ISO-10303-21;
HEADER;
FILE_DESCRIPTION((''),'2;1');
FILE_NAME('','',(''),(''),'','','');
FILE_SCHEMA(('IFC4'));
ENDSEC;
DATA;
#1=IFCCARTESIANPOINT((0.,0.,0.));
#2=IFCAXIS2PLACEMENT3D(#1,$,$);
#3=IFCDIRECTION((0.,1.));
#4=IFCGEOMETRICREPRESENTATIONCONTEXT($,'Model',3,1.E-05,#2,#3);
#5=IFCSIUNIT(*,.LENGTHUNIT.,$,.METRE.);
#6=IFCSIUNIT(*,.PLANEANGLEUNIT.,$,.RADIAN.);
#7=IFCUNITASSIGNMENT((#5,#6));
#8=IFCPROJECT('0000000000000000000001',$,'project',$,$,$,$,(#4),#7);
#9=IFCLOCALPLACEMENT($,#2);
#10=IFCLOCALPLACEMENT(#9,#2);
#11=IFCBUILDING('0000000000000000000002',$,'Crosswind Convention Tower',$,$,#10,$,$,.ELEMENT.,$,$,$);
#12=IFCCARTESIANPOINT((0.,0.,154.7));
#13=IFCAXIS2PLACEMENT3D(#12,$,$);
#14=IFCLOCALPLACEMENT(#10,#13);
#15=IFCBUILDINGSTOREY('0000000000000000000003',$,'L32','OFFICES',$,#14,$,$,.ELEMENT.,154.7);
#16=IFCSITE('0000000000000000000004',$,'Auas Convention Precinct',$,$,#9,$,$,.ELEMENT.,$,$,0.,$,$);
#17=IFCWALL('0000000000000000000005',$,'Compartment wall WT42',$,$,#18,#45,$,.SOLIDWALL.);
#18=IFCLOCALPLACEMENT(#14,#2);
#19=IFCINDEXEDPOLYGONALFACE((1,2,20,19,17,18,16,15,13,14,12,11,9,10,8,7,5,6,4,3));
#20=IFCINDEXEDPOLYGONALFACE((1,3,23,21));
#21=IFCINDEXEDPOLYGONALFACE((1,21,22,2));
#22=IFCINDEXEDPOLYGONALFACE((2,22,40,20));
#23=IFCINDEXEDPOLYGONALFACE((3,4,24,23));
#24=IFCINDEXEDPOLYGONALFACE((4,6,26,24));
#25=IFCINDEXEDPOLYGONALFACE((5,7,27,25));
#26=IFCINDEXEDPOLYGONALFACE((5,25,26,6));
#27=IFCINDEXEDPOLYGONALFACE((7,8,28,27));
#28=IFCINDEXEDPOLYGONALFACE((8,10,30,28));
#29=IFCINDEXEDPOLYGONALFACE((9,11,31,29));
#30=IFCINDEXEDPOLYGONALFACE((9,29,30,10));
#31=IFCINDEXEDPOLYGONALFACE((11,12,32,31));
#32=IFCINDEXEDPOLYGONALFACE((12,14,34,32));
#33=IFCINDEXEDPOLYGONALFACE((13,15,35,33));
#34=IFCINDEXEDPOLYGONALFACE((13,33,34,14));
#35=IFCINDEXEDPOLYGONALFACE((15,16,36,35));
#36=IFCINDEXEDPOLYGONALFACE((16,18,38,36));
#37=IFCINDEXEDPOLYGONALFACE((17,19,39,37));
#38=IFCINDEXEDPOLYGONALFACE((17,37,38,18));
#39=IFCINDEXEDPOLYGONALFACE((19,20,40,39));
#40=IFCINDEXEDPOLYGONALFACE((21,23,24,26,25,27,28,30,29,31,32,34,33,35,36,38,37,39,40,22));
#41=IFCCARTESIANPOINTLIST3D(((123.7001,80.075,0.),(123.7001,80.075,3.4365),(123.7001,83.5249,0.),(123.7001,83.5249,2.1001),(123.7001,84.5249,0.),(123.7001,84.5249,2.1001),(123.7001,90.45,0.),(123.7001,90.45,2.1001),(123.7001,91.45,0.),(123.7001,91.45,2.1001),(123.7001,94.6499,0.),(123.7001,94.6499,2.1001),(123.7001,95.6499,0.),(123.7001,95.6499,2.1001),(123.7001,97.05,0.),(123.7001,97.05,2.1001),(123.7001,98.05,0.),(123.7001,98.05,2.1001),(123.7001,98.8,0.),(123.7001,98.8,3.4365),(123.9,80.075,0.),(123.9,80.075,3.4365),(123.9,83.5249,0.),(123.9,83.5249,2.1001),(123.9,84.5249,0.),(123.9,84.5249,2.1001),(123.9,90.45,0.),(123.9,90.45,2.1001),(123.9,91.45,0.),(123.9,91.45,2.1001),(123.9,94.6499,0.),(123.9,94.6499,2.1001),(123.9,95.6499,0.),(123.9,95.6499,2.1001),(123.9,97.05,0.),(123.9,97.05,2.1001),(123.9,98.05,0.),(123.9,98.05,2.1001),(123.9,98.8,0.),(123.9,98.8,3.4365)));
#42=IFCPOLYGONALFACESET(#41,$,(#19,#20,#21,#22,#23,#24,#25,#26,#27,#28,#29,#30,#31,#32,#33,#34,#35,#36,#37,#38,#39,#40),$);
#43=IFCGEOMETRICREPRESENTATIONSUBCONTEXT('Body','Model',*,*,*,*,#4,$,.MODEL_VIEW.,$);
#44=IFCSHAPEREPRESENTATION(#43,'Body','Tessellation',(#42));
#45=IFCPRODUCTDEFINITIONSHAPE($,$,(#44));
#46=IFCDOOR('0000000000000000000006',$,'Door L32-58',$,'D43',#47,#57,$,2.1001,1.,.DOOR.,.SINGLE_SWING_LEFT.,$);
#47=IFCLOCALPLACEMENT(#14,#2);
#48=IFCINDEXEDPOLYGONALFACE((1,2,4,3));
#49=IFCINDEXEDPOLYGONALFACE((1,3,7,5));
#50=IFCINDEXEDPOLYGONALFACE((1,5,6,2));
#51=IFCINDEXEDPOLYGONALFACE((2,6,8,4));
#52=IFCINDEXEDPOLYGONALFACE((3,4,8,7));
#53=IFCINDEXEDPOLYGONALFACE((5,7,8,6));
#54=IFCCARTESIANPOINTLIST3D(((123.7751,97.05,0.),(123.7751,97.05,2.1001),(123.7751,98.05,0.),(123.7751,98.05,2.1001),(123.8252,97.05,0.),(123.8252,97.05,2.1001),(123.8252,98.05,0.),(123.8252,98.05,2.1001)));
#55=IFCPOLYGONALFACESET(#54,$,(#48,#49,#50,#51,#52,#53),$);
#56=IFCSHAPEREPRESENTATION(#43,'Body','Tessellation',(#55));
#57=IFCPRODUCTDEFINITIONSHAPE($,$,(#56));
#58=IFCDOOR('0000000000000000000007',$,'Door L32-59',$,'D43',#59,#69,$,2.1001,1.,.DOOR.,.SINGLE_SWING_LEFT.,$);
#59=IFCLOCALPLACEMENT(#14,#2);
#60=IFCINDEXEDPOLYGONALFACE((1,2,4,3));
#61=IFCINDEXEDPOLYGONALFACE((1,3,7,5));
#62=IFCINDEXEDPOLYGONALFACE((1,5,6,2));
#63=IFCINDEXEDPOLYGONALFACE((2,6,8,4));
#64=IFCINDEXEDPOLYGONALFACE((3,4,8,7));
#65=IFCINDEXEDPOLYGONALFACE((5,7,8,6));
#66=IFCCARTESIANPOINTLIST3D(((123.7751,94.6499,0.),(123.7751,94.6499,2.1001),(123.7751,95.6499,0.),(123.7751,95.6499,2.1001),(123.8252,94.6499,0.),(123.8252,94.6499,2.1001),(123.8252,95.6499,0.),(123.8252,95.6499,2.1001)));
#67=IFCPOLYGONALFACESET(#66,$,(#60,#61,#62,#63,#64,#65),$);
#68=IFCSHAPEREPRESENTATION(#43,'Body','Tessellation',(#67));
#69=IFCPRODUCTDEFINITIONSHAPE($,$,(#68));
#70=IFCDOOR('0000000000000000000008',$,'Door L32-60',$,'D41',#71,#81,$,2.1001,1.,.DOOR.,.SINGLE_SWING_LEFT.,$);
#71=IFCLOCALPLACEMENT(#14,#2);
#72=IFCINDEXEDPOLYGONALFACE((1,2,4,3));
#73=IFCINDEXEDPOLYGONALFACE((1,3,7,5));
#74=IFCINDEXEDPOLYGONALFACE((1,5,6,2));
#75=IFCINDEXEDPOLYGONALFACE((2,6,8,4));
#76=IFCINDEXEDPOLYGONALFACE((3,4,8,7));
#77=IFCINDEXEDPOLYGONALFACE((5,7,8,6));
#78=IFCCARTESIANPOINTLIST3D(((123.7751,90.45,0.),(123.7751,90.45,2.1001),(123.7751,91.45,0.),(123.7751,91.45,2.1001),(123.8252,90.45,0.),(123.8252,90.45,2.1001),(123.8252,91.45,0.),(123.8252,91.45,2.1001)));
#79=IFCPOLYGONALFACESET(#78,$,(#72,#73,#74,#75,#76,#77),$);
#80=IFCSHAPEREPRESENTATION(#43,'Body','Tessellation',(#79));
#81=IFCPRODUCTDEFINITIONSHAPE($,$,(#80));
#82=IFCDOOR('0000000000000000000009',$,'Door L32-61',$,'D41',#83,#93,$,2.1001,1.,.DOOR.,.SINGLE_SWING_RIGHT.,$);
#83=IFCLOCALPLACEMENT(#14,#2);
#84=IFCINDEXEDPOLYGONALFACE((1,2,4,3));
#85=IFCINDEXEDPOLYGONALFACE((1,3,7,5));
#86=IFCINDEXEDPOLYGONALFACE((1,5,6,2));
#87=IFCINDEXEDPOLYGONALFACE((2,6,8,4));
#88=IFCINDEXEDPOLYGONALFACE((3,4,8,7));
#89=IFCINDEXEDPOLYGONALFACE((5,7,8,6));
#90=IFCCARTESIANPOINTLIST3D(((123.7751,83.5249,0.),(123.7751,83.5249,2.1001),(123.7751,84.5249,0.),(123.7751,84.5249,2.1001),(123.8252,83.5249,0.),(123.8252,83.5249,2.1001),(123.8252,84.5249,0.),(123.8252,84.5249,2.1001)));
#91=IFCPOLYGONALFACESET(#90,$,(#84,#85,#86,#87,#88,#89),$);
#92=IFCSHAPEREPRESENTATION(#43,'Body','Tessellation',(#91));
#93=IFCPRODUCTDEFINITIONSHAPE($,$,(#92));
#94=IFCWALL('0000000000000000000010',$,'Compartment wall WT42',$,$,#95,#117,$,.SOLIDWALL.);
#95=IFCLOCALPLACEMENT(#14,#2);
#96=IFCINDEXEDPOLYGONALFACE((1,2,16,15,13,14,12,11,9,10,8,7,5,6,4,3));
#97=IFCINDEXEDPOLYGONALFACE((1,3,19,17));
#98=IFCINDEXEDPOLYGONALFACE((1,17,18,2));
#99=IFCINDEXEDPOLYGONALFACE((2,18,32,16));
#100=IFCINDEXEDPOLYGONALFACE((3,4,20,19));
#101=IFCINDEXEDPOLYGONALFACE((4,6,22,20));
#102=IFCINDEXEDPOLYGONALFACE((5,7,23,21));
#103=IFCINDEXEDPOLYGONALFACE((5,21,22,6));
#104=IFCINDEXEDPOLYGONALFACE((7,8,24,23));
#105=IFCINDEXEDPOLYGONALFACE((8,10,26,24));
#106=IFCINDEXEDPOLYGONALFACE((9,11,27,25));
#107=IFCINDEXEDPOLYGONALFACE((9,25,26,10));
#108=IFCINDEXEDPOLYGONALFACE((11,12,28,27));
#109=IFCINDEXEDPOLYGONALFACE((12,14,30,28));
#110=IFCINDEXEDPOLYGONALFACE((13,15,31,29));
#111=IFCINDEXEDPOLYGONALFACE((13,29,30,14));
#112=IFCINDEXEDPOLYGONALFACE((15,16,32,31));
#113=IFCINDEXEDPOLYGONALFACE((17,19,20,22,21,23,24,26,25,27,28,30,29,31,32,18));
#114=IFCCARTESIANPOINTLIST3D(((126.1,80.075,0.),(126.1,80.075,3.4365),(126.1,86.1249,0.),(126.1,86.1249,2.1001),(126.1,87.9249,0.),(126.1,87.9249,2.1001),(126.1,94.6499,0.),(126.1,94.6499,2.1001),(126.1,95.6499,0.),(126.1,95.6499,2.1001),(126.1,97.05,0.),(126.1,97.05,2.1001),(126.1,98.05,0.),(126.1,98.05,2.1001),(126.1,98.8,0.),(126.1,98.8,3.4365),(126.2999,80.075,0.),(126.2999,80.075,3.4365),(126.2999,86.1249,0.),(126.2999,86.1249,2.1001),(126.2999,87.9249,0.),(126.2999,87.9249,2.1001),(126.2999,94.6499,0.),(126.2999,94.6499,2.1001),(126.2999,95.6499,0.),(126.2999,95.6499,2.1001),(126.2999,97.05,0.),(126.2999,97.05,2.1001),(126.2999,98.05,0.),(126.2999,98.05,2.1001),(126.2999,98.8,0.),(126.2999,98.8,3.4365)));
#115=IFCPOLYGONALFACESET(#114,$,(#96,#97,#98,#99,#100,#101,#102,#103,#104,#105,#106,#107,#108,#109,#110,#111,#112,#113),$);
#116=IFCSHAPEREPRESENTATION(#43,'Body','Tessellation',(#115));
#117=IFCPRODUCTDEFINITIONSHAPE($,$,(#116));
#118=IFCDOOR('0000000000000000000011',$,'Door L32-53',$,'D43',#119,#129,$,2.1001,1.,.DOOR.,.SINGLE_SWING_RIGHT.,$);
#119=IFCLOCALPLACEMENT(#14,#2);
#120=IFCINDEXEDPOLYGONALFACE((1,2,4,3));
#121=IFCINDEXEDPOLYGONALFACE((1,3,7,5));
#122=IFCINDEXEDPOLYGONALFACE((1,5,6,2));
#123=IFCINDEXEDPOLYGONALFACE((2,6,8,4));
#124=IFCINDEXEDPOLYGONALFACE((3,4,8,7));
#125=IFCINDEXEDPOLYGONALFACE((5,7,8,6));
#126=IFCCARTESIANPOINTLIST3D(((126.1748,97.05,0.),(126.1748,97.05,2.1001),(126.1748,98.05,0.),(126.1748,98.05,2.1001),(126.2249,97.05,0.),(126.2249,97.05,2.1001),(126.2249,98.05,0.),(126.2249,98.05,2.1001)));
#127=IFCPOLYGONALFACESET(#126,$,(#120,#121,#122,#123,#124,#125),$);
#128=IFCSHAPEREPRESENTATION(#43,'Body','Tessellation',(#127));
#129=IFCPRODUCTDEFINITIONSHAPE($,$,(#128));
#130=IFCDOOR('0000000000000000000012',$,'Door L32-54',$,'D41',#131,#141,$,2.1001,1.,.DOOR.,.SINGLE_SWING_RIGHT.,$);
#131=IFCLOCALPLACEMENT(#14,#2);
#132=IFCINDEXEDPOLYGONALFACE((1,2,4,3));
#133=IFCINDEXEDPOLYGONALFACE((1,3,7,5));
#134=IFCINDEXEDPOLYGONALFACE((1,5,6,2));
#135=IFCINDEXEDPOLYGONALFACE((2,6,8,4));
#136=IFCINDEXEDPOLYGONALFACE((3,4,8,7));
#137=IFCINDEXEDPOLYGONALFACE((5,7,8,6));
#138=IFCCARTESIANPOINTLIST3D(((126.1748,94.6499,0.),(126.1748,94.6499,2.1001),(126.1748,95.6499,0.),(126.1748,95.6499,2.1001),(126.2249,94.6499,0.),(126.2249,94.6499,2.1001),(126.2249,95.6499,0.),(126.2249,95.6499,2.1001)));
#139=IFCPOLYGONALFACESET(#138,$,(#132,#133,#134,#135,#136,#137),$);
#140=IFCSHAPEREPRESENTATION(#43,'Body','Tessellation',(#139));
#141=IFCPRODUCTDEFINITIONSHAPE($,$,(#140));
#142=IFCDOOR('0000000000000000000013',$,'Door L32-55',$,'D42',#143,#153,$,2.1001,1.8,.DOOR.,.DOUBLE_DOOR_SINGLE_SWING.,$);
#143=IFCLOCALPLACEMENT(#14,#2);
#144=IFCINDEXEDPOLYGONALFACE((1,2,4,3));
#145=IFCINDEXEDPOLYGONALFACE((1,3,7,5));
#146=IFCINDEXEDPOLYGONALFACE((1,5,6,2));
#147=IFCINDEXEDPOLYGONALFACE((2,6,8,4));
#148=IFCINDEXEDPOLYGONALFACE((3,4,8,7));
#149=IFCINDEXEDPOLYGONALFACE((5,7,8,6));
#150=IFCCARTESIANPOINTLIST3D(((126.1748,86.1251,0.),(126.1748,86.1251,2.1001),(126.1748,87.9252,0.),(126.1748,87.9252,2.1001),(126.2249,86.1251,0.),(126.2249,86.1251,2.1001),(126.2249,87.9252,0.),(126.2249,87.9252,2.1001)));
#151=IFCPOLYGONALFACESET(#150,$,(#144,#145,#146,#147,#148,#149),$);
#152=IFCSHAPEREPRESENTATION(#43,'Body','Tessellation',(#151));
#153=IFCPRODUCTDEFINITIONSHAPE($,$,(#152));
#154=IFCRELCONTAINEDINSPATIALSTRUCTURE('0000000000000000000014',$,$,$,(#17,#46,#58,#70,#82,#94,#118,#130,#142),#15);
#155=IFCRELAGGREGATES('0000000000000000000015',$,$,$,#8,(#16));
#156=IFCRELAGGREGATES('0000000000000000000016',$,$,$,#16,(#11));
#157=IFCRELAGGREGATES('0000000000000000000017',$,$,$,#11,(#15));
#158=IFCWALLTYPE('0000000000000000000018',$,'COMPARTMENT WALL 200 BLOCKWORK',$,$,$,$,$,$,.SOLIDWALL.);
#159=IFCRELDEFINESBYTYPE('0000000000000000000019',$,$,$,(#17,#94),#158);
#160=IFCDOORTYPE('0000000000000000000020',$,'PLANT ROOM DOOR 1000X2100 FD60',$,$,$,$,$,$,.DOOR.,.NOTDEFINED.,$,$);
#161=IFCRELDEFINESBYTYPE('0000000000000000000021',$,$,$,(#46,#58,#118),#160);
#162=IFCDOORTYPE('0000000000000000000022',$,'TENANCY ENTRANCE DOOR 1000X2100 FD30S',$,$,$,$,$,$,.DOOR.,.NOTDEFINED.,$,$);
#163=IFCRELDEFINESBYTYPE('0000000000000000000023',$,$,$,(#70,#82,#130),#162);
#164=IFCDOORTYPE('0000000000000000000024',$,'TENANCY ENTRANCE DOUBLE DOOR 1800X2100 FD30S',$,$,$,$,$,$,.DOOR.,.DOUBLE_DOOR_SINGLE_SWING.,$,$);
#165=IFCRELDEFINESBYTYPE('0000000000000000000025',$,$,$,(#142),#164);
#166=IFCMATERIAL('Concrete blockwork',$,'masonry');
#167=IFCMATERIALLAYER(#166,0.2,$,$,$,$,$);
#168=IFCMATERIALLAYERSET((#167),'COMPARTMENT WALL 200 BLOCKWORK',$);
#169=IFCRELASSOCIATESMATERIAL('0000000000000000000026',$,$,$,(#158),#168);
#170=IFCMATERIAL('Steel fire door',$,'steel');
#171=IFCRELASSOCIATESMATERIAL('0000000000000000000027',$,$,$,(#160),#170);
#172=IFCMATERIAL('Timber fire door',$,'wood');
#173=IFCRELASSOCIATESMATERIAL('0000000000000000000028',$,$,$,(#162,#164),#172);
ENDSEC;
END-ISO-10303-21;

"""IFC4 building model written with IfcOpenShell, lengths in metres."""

from ifc_helpers import new_model, si_unit, direction, frame, frame_2d, origin, place, context, subcontext, project, spatial, rectangle, extrude, material, layer, layer_set, type_object, element, fill, save


model = new_model("IFC4")

# Units and contexts
model_context = context("Model", 3, precision=1e-05, world=origin(), true_north=direction((0.0, 1.0)))
body_context = subcontext(model_context, "Body", "Model", "MODEL_VIEW")
ifc_project = project(units=[si_unit("LENGTHUNIT", "METRE"), si_unit("PLANEANGLEUNIT", "RADIAN")], contexts=[model_context])

# Site, building, storey
site_placement = place(None, origin())
site = spatial("IfcSite", under=ifc_project, at=site_placement, Name="Auas Convention Precinct", CompositionType="ELEMENT", RefElevation=0.0)
building_placement = place(site_placement, origin())
building = spatial("IfcBuilding", under=site, at=building_placement, Name="Crosswind Convention Tower", CompositionType="ELEMENT")
storey_placement = place(building_placement, frame((0.0, 0.0, 154.7)))
storey = spatial("IfcBuildingStorey", under=building, at=storey_placement, Name="L32", Description="OFFICES", CompositionType="ELEMENT", Elevation=154.7)

# Walls, openings, doors
ifc_material_1 = material(Name="Concrete blockwork", Category="masonry")
ifc_layer_1 = layer(ifc_material_1, 0.2)
ifc_layer_set_1 = layer_set([ifc_layer_1], Name="COMPARTMENT WALL 200 BLOCKWORK")
wall_type = type_object("IfcWallType", Name="COMPARTMENT WALL 200 BLOCKWORK", PredefinedType="SOLIDWALL", material=ifc_layer_set_1)
wall_1_placement = place(storey_placement, frame((123.8, 80.075, 0.0), z_axis=(0.0, 0.0, 1.0), x_axis=(0.0, 1.0, 0.0)))
wall_1 = element("IfcWall", 1, at=wall_1_placement, inside=storey, type_object=wall_type, Name="Compartment wall WT42", PredefinedType="SOLIDWALL", context=body_context, shape_type="SweptSolid", body=[
    extrude(rectangle(XDim=18.7251, YDim=0.2, at=frame_2d((9.3625, 0.0))), origin(), (0.0, 0.0, 1.0), 3.4365),
])
opening_1_placement = place(wall_1_placement, frame((16.9751, 0.0, 0.0)))
opening_1 = element("IfcOpeningElement", 2, at=opening_1_placement, cuts=wall_1, PredefinedType="OPENING", context=body_context, shape_type="SweptSolid", body=[
    extrude(rectangle(XDim=1.0, YDim=2.1001, at=frame_2d((0.5, 1.05))), frame((0.0, 0.1099, 0.0), z_axis=(0.0, -1.0, 0.0), x_axis=(1.0, 0.0, 0.0)), (0.0, 0.0, 1.0), 0.22),
])
opening_2_placement = place(wall_1_placement, frame((14.575, 0.0, 0.0)))
opening_2 = element("IfcOpeningElement", 3, at=opening_2_placement, cuts=wall_1, PredefinedType="OPENING", context=body_context, shape_type="SweptSolid", body=[
    extrude(rectangle(XDim=1.0, YDim=2.1001, at=frame_2d((0.5, 1.05))), frame((0.0, 0.1099, 0.0), z_axis=(0.0, -1.0, 0.0), x_axis=(1.0, 0.0, 0.0)), (0.0, 0.0, 1.0), 0.22),
])
opening_3_placement = place(wall_1_placement, frame((10.375, 0.0, 0.0)))
opening_3 = element("IfcOpeningElement", 4, at=opening_3_placement, cuts=wall_1, PredefinedType="OPENING", context=body_context, shape_type="SweptSolid", body=[
    extrude(rectangle(XDim=1.0, YDim=2.1001, at=frame_2d((0.5, 1.05))), frame((0.0, 0.1099, 0.0), z_axis=(0.0, -1.0, 0.0), x_axis=(1.0, 0.0, 0.0)), (0.0, 0.0, 1.0), 0.22),
])
opening_4_placement = place(wall_1_placement, frame((3.45, 0.0, 0.0)))
opening_4 = element("IfcOpeningElement", 5, at=opening_4_placement, cuts=wall_1, PredefinedType="OPENING", context=body_context, shape_type="SweptSolid", body=[
    extrude(rectangle(XDim=1.0, YDim=2.1001, at=frame_2d((0.5, 1.05))), frame((0.0, 0.1099, 0.0), z_axis=(0.0, -1.0, 0.0), x_axis=(1.0, 0.0, 0.0)), (0.0, 0.0, 1.0), 0.22),
])
ifc_material_2 = material(Name="Steel fire door", Category="steel")
door_type_1 = type_object("IfcDoorType", Name="PLANT ROOM DOOR 1000X2100 FD60", OperationType="NOTDEFINED", PredefinedType="DOOR", material=ifc_material_2)
door_1_placement = place(opening_1_placement, origin())
door_1 = element("IfcDoor", 6, at=door_1_placement, inside=storey, type_object=door_type_1, Name="Door L32-58", ObjectType="D43", OperationType="SINGLE_SWING_LEFT", OverallHeight=2.1001, OverallWidth=1.0, PredefinedType="DOOR", context=body_context, shape_type="SweptSolid", body=[
    extrude(rectangle(XDim=1.0, YDim=2.1001, at=frame_2d((0.5, 1.05))), frame((0.0, 0.0249, 0.0), z_axis=(0.0, -1.0, 0.0), x_axis=(1.0, 0.0, 0.0)), (0.0, 0.0, 1.0), 0.05),
])
fill(opening_1, door_1)
door_2_placement = place(opening_2_placement, origin())
door_2 = element("IfcDoor", 7, at=door_2_placement, inside=storey, type_object=door_type_1, Name="Door L32-59", ObjectType="D43", OperationType="SINGLE_SWING_LEFT", OverallHeight=2.1001, OverallWidth=1.0, PredefinedType="DOOR", context=body_context, shape_type="SweptSolid", body=[
    extrude(rectangle(XDim=1.0, YDim=2.1001, at=frame_2d((0.5, 1.05))), frame((0.0, 0.0249, 0.0), z_axis=(0.0, -1.0, 0.0), x_axis=(1.0, 0.0, 0.0)), (0.0, 0.0, 1.0), 0.05),
])
fill(opening_2, door_2)
ifc_material_3 = material(Name="Timber fire door", Category="wood")
door_type_2 = type_object("IfcDoorType", Name="TENANCY ENTRANCE DOOR 1000X2100 FD30S", OperationType="NOTDEFINED", PredefinedType="DOOR", material=ifc_material_3)
door_3_placement = place(opening_3_placement, origin())
door_3 = element("IfcDoor", 8, at=door_3_placement, inside=storey, type_object=door_type_2, Name="Door L32-60", ObjectType="D41", OperationType="SINGLE_SWING_LEFT", OverallHeight=2.1001, OverallWidth=1.0, PredefinedType="DOOR", context=body_context, shape_type="SweptSolid", body=[
    extrude(rectangle(XDim=1.0, YDim=2.1001, at=frame_2d((0.5, 1.05))), frame((0.0, 0.0249, 0.0), z_axis=(0.0, -1.0, 0.0), x_axis=(1.0, 0.0, 0.0)), (0.0, 0.0, 1.0), 0.05),
])
fill(opening_3, door_3)
door_4_placement = place(opening_4_placement, origin())
door_4 = element("IfcDoor", 9, at=door_4_placement, inside=storey, type_object=door_type_2, Name="Door L32-61", ObjectType="D41", OperationType="SINGLE_SWING_RIGHT", OverallHeight=2.1001, OverallWidth=1.0, PredefinedType="DOOR", context=body_context, shape_type="SweptSolid", body=[
    extrude(rectangle(XDim=1.0, YDim=2.1001, at=frame_2d((0.5, 1.05))), frame((0.0, 0.0249, 0.0), z_axis=(0.0, -1.0, 0.0), x_axis=(1.0, 0.0, 0.0)), (0.0, 0.0, 1.0), 0.05),
])
fill(opening_4, door_4)
wall_2_placement = place(storey_placement, frame((126.2, 80.075, 0.0), z_axis=(0.0, 0.0, 1.0), x_axis=(0.0, 1.0, 0.0)))
wall_2 = element("IfcWall", 10, at=wall_2_placement, inside=storey, type_object=wall_type, Name="Compartment wall WT42", PredefinedType="SOLIDWALL", context=body_context, shape_type="SweptSolid", body=[
    extrude(rectangle(XDim=18.7251, YDim=0.2, at=frame_2d((9.3625, 0.0))), origin(), (0.0, 0.0, 1.0), 3.4365),
])
opening_5_placement = place(wall_2_placement, frame((16.9751, 0.0, 0.0)))
opening_5 = element("IfcOpeningElement", 11, at=opening_5_placement, cuts=wall_2, PredefinedType="OPENING", context=body_context, shape_type="SweptSolid", body=[
    extrude(rectangle(XDim=1.0, YDim=2.1001, at=frame_2d((0.5, 1.05))), frame((0.0, 0.1099, 0.0), z_axis=(0.0, -1.0, 0.0), x_axis=(1.0, 0.0, 0.0)), (0.0, 0.0, 1.0), 0.22),
])
opening_6_placement = place(wall_2_placement, frame((14.575, 0.0, 0.0)))
opening_6 = element("IfcOpeningElement", 12, at=opening_6_placement, cuts=wall_2, PredefinedType="OPENING", context=body_context, shape_type="SweptSolid", body=[
    extrude(rectangle(XDim=1.0, YDim=2.1001, at=frame_2d((0.5, 1.05))), frame((0.0, 0.1099, 0.0), z_axis=(0.0, -1.0, 0.0), x_axis=(1.0, 0.0, 0.0)), (0.0, 0.0, 1.0), 0.22),
])
opening_7_placement = place(wall_2_placement, frame((6.05, 0.0, 0.0)))
opening_7 = element("IfcOpeningElement", 13, at=opening_7_placement, cuts=wall_2, PredefinedType="OPENING", context=body_context, shape_type="SweptSolid", body=[
    extrude(rectangle(XDim=1.8, YDim=2.1001, at=frame_2d((0.8999, 1.05))), frame((0.0, 0.1099, 0.0), z_axis=(0.0, -1.0, 0.0), x_axis=(1.0, 0.0, 0.0)), (0.0, 0.0, 1.0), 0.22),
])
door_5_placement = place(opening_5_placement, frame((1.0, 0.0, 0.0), z_axis=(0.0, 0.0, 1.0), x_axis=(-1.0, 0.0, 0.0)))
door_5 = element("IfcDoor", 14, at=door_5_placement, inside=storey, type_object=door_type_1, Name="Door L32-53", ObjectType="D43", OperationType="SINGLE_SWING_RIGHT", OverallHeight=2.1001, OverallWidth=1.0, PredefinedType="DOOR", context=body_context, shape_type="SweptSolid", body=[
    extrude(rectangle(XDim=1.0, YDim=2.1001, at=frame_2d((0.5, 1.05))), frame((0.0, 0.0249, 0.0), z_axis=(0.0, -1.0, 0.0), x_axis=(1.0, 0.0, 0.0)), (0.0, 0.0, 1.0), 0.05),
])
fill(opening_5, door_5)
door_6_placement = place(opening_6_placement, frame((1.0, 0.0, 0.0), z_axis=(0.0, 0.0, 1.0), x_axis=(-1.0, 0.0, 0.0)))
door_6 = element("IfcDoor", 15, at=door_6_placement, inside=storey, type_object=door_type_2, Name="Door L32-54", ObjectType="D41", OperationType="SINGLE_SWING_RIGHT", OverallHeight=2.1001, OverallWidth=1.0, PredefinedType="DOOR", context=body_context, shape_type="SweptSolid", body=[
    extrude(rectangle(XDim=1.0, YDim=2.1001, at=frame_2d((0.5, 1.05))), frame((0.0, 0.0249, 0.0), z_axis=(0.0, -1.0, 0.0), x_axis=(1.0, 0.0, 0.0)), (0.0, 0.0, 1.0), 0.05),
])
fill(opening_6, door_6)
door_type_3 = type_object("IfcDoorType", Name="TENANCY ENTRANCE DOUBLE DOOR 1800X2100 FD30S", OperationType="DOUBLE_DOOR_SINGLE_SWING", PredefinedType="DOOR", material=ifc_material_3)
door_7_placement = place(opening_7_placement, frame((1.8, 0.0, 0.0), z_axis=(0.0, 0.0, 1.0), x_axis=(-1.0, 0.0, 0.0)))
door_7 = element("IfcDoor", 16, at=door_7_placement, inside=storey, type_object=door_type_3, Name="Door L32-55", ObjectType="D42", OperationType="DOUBLE_DOOR_SINGLE_SWING", OverallHeight=2.1001, OverallWidth=1.8, PredefinedType="DOOR", context=body_context, shape_type="SweptSolid", body=[
    extrude(rectangle(XDim=1.8, YDim=2.1001, at=frame_2d((0.8999, 1.05))), frame((0.0, 0.0249, 0.0), z_axis=(0.0, -1.0, 0.0), x_axis=(1.0, 0.0, 0.0)), (0.0, 0.0, 1.0), 0.05),
])
fill(opening_7, door_7)

save(model, "model.ifc")
